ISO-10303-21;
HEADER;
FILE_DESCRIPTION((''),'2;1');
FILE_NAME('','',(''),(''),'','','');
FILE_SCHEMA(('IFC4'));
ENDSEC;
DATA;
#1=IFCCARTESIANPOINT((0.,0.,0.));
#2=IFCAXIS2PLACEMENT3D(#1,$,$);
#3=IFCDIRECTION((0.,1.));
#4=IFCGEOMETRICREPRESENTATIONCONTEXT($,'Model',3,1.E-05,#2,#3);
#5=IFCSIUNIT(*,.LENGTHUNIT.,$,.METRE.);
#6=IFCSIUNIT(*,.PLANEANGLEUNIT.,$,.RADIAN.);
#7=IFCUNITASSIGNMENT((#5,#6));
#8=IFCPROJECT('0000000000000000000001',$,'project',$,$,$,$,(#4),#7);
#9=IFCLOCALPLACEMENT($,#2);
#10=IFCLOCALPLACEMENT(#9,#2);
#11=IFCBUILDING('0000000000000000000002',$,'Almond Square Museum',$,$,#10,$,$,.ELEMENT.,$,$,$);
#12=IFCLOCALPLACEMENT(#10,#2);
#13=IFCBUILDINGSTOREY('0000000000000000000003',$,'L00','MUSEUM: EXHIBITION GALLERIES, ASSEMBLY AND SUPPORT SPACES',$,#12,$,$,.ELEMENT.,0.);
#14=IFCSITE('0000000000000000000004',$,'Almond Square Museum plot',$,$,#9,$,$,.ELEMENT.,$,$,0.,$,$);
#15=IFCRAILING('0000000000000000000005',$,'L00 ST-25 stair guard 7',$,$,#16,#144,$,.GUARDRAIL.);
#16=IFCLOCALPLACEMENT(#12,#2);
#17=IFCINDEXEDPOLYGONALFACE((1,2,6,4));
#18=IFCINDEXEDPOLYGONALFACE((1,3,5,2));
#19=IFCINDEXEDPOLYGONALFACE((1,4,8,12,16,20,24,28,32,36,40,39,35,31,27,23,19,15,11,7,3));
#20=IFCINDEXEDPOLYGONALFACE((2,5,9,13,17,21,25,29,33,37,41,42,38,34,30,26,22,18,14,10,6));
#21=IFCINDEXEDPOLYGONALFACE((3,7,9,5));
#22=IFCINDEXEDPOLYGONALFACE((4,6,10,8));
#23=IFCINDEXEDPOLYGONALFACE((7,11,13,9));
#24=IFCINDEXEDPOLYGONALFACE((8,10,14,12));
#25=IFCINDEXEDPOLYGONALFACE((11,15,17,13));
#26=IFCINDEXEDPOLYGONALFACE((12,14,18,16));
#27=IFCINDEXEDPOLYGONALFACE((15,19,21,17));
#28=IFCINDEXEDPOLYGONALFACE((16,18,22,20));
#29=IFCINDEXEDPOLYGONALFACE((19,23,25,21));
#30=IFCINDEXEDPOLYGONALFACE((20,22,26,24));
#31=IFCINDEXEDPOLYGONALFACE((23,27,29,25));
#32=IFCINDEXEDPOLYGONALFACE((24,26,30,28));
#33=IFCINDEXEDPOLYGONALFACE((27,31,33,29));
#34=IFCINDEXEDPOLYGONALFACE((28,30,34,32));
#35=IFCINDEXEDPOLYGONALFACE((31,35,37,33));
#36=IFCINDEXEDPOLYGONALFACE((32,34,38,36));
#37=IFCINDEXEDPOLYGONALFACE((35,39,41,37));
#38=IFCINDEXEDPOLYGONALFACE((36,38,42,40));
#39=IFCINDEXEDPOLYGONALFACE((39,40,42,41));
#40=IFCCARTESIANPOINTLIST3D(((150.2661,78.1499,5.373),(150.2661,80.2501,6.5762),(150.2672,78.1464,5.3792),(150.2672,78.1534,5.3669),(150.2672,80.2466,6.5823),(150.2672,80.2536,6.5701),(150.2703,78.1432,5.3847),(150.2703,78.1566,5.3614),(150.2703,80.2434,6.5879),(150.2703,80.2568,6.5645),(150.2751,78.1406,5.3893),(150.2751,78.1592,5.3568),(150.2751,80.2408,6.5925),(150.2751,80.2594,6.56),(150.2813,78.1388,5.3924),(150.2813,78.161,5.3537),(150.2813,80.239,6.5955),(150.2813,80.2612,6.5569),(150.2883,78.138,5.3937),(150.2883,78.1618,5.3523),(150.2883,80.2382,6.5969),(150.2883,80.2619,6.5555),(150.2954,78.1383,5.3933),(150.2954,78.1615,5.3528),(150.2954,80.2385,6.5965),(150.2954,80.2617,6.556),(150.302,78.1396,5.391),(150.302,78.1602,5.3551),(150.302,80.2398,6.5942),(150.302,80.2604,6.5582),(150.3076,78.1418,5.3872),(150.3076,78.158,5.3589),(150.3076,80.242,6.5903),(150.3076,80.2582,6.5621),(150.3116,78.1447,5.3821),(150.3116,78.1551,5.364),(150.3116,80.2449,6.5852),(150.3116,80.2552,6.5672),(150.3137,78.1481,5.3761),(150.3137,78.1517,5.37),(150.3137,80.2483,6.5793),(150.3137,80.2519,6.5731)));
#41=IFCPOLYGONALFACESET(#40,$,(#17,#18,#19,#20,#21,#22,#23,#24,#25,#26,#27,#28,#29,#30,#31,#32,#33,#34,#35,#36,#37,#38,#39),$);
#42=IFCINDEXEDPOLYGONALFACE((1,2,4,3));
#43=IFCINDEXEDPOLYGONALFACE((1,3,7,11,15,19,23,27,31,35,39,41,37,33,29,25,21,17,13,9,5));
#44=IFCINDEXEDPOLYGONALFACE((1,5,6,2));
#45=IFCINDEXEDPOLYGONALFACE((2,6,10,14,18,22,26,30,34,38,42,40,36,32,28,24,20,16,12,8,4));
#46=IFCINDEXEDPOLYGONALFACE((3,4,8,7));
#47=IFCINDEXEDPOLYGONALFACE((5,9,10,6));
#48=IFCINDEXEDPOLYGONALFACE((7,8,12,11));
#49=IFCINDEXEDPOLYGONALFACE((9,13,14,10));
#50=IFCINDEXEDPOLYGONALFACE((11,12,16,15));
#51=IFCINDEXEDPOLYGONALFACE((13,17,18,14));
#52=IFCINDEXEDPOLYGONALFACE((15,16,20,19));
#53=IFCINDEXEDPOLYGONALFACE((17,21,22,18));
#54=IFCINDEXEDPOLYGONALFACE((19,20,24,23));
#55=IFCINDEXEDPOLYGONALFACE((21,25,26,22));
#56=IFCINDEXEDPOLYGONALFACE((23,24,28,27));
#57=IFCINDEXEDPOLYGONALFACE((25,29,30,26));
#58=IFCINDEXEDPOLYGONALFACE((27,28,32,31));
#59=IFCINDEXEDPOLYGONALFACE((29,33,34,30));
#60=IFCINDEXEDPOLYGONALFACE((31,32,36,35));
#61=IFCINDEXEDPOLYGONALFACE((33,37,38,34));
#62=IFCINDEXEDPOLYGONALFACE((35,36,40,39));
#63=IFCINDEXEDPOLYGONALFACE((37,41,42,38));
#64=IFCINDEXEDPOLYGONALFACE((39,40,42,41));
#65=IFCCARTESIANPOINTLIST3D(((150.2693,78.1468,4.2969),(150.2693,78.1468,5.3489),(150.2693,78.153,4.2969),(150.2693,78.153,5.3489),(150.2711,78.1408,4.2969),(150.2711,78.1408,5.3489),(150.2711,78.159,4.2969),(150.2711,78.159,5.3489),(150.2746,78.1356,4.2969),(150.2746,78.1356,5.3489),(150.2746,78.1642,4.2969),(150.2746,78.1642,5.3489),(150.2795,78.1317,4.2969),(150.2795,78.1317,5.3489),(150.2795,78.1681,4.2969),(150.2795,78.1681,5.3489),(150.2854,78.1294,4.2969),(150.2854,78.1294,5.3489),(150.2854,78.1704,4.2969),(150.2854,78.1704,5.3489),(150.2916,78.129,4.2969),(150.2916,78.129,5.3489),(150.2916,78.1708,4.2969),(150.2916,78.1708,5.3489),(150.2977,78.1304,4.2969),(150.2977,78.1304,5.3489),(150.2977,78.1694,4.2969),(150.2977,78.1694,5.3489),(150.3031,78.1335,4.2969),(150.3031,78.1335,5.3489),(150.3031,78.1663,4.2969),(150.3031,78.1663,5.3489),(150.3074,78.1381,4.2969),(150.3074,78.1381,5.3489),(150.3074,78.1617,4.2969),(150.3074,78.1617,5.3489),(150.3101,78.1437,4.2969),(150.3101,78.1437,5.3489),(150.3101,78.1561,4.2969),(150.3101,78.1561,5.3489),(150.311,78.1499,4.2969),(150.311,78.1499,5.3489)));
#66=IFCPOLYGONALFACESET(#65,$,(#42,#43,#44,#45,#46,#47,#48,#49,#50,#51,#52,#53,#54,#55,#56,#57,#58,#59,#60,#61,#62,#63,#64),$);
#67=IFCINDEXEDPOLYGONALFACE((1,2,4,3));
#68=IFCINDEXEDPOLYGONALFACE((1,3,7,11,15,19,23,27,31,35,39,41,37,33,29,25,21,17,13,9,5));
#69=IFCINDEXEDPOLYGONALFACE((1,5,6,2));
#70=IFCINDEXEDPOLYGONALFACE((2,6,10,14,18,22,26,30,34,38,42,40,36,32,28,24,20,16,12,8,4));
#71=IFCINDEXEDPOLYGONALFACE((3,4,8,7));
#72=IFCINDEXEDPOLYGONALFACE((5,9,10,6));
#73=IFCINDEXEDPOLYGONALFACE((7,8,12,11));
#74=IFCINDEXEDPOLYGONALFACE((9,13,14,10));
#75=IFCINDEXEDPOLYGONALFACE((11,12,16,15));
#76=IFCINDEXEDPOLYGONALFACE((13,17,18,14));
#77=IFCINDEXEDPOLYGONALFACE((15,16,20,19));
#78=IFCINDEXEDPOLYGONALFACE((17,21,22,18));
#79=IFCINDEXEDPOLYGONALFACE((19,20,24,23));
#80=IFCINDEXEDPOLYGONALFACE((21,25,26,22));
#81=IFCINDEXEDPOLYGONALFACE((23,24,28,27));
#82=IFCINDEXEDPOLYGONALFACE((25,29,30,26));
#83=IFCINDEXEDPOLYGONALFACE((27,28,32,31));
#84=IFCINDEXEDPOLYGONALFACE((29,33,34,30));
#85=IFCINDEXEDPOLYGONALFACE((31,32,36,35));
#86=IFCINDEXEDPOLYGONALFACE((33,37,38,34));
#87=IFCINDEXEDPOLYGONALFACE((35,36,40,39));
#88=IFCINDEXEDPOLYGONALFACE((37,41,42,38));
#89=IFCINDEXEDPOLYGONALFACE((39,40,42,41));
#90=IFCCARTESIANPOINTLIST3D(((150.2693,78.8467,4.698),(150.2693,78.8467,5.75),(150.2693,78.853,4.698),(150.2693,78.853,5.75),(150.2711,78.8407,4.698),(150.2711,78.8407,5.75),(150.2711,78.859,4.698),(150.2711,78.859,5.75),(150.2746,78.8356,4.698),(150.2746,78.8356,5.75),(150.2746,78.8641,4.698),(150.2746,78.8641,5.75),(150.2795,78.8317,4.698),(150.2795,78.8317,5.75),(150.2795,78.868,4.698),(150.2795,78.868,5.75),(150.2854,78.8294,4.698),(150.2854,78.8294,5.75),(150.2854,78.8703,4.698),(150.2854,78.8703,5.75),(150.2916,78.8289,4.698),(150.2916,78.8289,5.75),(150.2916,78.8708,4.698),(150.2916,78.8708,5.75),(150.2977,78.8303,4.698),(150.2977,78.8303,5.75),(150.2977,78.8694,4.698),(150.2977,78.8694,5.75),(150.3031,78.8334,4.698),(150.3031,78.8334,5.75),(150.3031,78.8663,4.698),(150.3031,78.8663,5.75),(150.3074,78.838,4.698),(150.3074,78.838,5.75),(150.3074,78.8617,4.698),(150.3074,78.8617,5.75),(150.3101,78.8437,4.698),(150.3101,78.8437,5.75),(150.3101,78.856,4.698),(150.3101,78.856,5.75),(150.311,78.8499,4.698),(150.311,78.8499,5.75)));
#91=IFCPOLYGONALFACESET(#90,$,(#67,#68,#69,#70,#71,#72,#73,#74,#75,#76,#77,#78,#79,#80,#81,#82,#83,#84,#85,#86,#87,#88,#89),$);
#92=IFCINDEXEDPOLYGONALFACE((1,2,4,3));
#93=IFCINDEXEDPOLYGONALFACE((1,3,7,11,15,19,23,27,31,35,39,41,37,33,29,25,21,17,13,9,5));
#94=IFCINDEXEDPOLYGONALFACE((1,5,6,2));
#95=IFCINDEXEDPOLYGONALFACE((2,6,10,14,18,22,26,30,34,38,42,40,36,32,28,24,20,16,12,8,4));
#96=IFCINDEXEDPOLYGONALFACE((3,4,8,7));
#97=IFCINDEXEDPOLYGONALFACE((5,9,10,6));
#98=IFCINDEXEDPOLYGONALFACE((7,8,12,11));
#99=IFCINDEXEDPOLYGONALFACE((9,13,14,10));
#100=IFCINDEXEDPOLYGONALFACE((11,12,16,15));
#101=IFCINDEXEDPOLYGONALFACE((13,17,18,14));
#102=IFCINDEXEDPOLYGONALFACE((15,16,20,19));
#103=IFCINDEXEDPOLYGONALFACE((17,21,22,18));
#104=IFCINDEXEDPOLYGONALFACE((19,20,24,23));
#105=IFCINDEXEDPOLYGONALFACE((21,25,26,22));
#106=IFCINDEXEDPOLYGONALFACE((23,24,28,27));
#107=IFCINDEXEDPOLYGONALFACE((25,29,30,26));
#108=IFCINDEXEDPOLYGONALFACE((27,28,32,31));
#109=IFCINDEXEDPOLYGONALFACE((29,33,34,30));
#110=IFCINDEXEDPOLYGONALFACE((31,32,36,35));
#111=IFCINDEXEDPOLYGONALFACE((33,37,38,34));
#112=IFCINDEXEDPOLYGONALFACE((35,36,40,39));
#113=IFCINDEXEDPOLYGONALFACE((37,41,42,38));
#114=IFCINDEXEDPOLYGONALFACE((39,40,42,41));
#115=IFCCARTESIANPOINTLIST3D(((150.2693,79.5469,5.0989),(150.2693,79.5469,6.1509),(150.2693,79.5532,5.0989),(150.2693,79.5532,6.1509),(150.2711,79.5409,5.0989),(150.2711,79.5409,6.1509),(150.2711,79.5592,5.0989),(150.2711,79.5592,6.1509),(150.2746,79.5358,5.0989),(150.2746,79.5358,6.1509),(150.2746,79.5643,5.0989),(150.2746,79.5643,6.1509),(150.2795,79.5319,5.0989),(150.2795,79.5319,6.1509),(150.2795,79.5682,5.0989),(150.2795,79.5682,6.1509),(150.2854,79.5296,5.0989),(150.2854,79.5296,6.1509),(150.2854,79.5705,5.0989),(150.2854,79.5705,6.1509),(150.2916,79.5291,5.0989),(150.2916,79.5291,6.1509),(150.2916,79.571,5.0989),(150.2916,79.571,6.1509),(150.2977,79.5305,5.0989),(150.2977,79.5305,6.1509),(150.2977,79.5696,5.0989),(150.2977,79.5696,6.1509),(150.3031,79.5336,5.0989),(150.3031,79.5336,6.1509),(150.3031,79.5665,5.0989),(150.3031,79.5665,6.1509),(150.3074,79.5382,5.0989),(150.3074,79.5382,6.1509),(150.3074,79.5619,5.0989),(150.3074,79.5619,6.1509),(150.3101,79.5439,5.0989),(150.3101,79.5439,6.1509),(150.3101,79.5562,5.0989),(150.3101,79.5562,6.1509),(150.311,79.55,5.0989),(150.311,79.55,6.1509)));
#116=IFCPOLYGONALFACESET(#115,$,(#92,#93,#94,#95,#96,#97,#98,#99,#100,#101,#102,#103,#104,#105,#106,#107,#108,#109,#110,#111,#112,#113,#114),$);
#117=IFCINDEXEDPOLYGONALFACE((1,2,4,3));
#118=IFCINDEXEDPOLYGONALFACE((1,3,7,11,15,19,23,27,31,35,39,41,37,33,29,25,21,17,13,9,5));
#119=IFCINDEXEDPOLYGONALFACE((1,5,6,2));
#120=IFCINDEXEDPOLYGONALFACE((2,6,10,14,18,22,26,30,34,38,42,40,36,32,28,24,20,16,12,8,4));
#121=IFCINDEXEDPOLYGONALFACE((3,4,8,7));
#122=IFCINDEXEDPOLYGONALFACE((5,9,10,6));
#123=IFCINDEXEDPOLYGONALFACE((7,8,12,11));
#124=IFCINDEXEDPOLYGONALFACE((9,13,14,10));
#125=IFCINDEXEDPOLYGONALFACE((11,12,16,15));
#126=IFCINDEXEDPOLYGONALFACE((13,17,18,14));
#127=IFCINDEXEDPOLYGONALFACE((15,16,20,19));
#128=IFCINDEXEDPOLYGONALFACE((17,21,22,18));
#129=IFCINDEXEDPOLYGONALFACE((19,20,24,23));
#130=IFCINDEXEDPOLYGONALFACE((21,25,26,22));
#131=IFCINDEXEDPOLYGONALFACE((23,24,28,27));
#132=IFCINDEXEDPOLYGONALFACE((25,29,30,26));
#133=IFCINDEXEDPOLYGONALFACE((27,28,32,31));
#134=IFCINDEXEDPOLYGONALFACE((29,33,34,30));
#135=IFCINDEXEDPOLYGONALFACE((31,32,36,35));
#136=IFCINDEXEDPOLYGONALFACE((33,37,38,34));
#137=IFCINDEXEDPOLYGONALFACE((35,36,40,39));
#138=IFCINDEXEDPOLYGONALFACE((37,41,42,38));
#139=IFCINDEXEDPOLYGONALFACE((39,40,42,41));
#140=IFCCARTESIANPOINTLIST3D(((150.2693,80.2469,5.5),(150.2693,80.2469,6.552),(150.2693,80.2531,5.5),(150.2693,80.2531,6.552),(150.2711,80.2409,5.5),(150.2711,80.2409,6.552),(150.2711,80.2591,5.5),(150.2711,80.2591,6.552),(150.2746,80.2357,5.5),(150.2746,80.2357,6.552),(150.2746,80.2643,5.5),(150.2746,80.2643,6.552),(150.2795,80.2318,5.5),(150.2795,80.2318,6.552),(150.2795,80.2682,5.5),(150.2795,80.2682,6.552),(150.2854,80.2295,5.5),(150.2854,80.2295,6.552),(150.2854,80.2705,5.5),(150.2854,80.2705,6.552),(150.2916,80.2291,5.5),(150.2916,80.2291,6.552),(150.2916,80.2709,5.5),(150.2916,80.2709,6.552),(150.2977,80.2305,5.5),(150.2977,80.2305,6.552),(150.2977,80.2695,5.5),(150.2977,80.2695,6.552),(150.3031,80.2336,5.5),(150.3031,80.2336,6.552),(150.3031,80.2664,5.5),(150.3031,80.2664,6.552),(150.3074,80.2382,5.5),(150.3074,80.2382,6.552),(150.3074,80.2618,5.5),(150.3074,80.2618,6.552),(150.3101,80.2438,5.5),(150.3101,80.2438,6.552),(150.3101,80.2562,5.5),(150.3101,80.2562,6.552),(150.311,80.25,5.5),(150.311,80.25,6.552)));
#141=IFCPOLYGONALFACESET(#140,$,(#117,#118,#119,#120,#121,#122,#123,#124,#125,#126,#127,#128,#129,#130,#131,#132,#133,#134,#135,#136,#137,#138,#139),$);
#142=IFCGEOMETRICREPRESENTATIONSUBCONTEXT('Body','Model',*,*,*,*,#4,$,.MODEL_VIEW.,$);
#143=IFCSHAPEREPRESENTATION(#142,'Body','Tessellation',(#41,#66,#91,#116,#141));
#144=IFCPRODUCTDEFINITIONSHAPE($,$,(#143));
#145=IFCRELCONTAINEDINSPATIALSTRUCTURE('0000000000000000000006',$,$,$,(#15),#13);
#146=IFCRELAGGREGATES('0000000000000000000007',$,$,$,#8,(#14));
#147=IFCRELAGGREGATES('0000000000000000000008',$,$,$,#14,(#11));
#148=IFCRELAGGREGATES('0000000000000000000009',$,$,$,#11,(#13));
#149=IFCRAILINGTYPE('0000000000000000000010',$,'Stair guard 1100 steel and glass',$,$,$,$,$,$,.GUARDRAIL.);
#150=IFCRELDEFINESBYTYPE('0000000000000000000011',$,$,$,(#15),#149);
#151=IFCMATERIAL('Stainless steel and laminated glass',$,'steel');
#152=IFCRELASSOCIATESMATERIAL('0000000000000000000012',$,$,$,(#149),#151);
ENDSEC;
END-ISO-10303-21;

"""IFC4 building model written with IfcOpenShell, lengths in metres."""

from ifc_helpers import new_model, si_unit, direction, frame, origin, origin_2d, place, context, subcontext, project, spatial, circle, extrude, material, type_object, element, save


model = new_model("IFC4")

# Units and contexts
model_context = context("Model", 3, precision=1e-05, world=origin(), true_north=direction((0.0, 1.0)))
body_context = subcontext(model_context, "Body", "Model", "MODEL_VIEW")
ifc_project = project(units=[si_unit("LENGTHUNIT", "METRE"), si_unit("PLANEANGLEUNIT", "RADIAN")], contexts=[model_context])

# Site, building, storey
site_placement = place(None, origin())
site = spatial("IfcSite", under=ifc_project, at=site_placement, Name="Almond Square Museum plot", CompositionType="ELEMENT", RefElevation=0.0)
building_placement = place(site_placement, origin())
building = spatial("IfcBuilding", under=site, at=building_placement, Name="Almond Square Museum", CompositionType="ELEMENT")
storey_placement = place(building_placement, origin())
storey = spatial("IfcBuildingStorey", under=building, at=storey_placement, Name="L00", Description="MUSEUM: EXHIBITION GALLERIES, ASSEMBLY AND SUPPORT SPACES", CompositionType="ELEMENT", Elevation=0.0)

# Railing
ifc_material_1 = material(Name="Stainless steel and laminated glass", Category="steel")
railing_type_1 = type_object("IfcRailingType", Name="Stair guard 1100 steel and glass", PredefinedType="GUARDRAIL", material=ifc_material_1)
railing_1_placement = place(storey_placement, frame((150.29, 78.1499, 4.2969)))
element("IfcRailing", 1, at=railing_1_placement, inside=storey, type_object=railing_type_1, Name="L00 ST-25 stair guard 7", PredefinedType="GUARDRAIL", context=body_context, shape_type="SweptSolid", body=[
    extrude(circle(Radius=0.0239, at=origin_2d()), frame((0.0, 0.0, 1.0762), z_axis=(0.0, 0.867696, 0.497095), x_axis=(-1.0, 0.0, 0.0)), (0.0, 0.0, 1.0), 2.4204),
    extrude(circle(Radius=0.021, at=origin_2d()), origin(), (0.0, 0.0, 1.0), 1.052),
    extrude(circle(Radius=0.021, at=origin_2d()), frame((0.0, 0.7, 0.4011)), (0.0, 0.0, 1.0), 1.052),
    extrude(circle(Radius=0.021, at=origin_2d()), frame((0.0, 1.4001, 0.802)), (0.0, 0.0, 1.0), 1.052),
    extrude(circle(Radius=0.021, at=origin_2d()), frame((0.0, 2.1001, 1.2031)), (0.0, 0.0, 1.0), 1.052),
])

save(model, "model.ifc")
